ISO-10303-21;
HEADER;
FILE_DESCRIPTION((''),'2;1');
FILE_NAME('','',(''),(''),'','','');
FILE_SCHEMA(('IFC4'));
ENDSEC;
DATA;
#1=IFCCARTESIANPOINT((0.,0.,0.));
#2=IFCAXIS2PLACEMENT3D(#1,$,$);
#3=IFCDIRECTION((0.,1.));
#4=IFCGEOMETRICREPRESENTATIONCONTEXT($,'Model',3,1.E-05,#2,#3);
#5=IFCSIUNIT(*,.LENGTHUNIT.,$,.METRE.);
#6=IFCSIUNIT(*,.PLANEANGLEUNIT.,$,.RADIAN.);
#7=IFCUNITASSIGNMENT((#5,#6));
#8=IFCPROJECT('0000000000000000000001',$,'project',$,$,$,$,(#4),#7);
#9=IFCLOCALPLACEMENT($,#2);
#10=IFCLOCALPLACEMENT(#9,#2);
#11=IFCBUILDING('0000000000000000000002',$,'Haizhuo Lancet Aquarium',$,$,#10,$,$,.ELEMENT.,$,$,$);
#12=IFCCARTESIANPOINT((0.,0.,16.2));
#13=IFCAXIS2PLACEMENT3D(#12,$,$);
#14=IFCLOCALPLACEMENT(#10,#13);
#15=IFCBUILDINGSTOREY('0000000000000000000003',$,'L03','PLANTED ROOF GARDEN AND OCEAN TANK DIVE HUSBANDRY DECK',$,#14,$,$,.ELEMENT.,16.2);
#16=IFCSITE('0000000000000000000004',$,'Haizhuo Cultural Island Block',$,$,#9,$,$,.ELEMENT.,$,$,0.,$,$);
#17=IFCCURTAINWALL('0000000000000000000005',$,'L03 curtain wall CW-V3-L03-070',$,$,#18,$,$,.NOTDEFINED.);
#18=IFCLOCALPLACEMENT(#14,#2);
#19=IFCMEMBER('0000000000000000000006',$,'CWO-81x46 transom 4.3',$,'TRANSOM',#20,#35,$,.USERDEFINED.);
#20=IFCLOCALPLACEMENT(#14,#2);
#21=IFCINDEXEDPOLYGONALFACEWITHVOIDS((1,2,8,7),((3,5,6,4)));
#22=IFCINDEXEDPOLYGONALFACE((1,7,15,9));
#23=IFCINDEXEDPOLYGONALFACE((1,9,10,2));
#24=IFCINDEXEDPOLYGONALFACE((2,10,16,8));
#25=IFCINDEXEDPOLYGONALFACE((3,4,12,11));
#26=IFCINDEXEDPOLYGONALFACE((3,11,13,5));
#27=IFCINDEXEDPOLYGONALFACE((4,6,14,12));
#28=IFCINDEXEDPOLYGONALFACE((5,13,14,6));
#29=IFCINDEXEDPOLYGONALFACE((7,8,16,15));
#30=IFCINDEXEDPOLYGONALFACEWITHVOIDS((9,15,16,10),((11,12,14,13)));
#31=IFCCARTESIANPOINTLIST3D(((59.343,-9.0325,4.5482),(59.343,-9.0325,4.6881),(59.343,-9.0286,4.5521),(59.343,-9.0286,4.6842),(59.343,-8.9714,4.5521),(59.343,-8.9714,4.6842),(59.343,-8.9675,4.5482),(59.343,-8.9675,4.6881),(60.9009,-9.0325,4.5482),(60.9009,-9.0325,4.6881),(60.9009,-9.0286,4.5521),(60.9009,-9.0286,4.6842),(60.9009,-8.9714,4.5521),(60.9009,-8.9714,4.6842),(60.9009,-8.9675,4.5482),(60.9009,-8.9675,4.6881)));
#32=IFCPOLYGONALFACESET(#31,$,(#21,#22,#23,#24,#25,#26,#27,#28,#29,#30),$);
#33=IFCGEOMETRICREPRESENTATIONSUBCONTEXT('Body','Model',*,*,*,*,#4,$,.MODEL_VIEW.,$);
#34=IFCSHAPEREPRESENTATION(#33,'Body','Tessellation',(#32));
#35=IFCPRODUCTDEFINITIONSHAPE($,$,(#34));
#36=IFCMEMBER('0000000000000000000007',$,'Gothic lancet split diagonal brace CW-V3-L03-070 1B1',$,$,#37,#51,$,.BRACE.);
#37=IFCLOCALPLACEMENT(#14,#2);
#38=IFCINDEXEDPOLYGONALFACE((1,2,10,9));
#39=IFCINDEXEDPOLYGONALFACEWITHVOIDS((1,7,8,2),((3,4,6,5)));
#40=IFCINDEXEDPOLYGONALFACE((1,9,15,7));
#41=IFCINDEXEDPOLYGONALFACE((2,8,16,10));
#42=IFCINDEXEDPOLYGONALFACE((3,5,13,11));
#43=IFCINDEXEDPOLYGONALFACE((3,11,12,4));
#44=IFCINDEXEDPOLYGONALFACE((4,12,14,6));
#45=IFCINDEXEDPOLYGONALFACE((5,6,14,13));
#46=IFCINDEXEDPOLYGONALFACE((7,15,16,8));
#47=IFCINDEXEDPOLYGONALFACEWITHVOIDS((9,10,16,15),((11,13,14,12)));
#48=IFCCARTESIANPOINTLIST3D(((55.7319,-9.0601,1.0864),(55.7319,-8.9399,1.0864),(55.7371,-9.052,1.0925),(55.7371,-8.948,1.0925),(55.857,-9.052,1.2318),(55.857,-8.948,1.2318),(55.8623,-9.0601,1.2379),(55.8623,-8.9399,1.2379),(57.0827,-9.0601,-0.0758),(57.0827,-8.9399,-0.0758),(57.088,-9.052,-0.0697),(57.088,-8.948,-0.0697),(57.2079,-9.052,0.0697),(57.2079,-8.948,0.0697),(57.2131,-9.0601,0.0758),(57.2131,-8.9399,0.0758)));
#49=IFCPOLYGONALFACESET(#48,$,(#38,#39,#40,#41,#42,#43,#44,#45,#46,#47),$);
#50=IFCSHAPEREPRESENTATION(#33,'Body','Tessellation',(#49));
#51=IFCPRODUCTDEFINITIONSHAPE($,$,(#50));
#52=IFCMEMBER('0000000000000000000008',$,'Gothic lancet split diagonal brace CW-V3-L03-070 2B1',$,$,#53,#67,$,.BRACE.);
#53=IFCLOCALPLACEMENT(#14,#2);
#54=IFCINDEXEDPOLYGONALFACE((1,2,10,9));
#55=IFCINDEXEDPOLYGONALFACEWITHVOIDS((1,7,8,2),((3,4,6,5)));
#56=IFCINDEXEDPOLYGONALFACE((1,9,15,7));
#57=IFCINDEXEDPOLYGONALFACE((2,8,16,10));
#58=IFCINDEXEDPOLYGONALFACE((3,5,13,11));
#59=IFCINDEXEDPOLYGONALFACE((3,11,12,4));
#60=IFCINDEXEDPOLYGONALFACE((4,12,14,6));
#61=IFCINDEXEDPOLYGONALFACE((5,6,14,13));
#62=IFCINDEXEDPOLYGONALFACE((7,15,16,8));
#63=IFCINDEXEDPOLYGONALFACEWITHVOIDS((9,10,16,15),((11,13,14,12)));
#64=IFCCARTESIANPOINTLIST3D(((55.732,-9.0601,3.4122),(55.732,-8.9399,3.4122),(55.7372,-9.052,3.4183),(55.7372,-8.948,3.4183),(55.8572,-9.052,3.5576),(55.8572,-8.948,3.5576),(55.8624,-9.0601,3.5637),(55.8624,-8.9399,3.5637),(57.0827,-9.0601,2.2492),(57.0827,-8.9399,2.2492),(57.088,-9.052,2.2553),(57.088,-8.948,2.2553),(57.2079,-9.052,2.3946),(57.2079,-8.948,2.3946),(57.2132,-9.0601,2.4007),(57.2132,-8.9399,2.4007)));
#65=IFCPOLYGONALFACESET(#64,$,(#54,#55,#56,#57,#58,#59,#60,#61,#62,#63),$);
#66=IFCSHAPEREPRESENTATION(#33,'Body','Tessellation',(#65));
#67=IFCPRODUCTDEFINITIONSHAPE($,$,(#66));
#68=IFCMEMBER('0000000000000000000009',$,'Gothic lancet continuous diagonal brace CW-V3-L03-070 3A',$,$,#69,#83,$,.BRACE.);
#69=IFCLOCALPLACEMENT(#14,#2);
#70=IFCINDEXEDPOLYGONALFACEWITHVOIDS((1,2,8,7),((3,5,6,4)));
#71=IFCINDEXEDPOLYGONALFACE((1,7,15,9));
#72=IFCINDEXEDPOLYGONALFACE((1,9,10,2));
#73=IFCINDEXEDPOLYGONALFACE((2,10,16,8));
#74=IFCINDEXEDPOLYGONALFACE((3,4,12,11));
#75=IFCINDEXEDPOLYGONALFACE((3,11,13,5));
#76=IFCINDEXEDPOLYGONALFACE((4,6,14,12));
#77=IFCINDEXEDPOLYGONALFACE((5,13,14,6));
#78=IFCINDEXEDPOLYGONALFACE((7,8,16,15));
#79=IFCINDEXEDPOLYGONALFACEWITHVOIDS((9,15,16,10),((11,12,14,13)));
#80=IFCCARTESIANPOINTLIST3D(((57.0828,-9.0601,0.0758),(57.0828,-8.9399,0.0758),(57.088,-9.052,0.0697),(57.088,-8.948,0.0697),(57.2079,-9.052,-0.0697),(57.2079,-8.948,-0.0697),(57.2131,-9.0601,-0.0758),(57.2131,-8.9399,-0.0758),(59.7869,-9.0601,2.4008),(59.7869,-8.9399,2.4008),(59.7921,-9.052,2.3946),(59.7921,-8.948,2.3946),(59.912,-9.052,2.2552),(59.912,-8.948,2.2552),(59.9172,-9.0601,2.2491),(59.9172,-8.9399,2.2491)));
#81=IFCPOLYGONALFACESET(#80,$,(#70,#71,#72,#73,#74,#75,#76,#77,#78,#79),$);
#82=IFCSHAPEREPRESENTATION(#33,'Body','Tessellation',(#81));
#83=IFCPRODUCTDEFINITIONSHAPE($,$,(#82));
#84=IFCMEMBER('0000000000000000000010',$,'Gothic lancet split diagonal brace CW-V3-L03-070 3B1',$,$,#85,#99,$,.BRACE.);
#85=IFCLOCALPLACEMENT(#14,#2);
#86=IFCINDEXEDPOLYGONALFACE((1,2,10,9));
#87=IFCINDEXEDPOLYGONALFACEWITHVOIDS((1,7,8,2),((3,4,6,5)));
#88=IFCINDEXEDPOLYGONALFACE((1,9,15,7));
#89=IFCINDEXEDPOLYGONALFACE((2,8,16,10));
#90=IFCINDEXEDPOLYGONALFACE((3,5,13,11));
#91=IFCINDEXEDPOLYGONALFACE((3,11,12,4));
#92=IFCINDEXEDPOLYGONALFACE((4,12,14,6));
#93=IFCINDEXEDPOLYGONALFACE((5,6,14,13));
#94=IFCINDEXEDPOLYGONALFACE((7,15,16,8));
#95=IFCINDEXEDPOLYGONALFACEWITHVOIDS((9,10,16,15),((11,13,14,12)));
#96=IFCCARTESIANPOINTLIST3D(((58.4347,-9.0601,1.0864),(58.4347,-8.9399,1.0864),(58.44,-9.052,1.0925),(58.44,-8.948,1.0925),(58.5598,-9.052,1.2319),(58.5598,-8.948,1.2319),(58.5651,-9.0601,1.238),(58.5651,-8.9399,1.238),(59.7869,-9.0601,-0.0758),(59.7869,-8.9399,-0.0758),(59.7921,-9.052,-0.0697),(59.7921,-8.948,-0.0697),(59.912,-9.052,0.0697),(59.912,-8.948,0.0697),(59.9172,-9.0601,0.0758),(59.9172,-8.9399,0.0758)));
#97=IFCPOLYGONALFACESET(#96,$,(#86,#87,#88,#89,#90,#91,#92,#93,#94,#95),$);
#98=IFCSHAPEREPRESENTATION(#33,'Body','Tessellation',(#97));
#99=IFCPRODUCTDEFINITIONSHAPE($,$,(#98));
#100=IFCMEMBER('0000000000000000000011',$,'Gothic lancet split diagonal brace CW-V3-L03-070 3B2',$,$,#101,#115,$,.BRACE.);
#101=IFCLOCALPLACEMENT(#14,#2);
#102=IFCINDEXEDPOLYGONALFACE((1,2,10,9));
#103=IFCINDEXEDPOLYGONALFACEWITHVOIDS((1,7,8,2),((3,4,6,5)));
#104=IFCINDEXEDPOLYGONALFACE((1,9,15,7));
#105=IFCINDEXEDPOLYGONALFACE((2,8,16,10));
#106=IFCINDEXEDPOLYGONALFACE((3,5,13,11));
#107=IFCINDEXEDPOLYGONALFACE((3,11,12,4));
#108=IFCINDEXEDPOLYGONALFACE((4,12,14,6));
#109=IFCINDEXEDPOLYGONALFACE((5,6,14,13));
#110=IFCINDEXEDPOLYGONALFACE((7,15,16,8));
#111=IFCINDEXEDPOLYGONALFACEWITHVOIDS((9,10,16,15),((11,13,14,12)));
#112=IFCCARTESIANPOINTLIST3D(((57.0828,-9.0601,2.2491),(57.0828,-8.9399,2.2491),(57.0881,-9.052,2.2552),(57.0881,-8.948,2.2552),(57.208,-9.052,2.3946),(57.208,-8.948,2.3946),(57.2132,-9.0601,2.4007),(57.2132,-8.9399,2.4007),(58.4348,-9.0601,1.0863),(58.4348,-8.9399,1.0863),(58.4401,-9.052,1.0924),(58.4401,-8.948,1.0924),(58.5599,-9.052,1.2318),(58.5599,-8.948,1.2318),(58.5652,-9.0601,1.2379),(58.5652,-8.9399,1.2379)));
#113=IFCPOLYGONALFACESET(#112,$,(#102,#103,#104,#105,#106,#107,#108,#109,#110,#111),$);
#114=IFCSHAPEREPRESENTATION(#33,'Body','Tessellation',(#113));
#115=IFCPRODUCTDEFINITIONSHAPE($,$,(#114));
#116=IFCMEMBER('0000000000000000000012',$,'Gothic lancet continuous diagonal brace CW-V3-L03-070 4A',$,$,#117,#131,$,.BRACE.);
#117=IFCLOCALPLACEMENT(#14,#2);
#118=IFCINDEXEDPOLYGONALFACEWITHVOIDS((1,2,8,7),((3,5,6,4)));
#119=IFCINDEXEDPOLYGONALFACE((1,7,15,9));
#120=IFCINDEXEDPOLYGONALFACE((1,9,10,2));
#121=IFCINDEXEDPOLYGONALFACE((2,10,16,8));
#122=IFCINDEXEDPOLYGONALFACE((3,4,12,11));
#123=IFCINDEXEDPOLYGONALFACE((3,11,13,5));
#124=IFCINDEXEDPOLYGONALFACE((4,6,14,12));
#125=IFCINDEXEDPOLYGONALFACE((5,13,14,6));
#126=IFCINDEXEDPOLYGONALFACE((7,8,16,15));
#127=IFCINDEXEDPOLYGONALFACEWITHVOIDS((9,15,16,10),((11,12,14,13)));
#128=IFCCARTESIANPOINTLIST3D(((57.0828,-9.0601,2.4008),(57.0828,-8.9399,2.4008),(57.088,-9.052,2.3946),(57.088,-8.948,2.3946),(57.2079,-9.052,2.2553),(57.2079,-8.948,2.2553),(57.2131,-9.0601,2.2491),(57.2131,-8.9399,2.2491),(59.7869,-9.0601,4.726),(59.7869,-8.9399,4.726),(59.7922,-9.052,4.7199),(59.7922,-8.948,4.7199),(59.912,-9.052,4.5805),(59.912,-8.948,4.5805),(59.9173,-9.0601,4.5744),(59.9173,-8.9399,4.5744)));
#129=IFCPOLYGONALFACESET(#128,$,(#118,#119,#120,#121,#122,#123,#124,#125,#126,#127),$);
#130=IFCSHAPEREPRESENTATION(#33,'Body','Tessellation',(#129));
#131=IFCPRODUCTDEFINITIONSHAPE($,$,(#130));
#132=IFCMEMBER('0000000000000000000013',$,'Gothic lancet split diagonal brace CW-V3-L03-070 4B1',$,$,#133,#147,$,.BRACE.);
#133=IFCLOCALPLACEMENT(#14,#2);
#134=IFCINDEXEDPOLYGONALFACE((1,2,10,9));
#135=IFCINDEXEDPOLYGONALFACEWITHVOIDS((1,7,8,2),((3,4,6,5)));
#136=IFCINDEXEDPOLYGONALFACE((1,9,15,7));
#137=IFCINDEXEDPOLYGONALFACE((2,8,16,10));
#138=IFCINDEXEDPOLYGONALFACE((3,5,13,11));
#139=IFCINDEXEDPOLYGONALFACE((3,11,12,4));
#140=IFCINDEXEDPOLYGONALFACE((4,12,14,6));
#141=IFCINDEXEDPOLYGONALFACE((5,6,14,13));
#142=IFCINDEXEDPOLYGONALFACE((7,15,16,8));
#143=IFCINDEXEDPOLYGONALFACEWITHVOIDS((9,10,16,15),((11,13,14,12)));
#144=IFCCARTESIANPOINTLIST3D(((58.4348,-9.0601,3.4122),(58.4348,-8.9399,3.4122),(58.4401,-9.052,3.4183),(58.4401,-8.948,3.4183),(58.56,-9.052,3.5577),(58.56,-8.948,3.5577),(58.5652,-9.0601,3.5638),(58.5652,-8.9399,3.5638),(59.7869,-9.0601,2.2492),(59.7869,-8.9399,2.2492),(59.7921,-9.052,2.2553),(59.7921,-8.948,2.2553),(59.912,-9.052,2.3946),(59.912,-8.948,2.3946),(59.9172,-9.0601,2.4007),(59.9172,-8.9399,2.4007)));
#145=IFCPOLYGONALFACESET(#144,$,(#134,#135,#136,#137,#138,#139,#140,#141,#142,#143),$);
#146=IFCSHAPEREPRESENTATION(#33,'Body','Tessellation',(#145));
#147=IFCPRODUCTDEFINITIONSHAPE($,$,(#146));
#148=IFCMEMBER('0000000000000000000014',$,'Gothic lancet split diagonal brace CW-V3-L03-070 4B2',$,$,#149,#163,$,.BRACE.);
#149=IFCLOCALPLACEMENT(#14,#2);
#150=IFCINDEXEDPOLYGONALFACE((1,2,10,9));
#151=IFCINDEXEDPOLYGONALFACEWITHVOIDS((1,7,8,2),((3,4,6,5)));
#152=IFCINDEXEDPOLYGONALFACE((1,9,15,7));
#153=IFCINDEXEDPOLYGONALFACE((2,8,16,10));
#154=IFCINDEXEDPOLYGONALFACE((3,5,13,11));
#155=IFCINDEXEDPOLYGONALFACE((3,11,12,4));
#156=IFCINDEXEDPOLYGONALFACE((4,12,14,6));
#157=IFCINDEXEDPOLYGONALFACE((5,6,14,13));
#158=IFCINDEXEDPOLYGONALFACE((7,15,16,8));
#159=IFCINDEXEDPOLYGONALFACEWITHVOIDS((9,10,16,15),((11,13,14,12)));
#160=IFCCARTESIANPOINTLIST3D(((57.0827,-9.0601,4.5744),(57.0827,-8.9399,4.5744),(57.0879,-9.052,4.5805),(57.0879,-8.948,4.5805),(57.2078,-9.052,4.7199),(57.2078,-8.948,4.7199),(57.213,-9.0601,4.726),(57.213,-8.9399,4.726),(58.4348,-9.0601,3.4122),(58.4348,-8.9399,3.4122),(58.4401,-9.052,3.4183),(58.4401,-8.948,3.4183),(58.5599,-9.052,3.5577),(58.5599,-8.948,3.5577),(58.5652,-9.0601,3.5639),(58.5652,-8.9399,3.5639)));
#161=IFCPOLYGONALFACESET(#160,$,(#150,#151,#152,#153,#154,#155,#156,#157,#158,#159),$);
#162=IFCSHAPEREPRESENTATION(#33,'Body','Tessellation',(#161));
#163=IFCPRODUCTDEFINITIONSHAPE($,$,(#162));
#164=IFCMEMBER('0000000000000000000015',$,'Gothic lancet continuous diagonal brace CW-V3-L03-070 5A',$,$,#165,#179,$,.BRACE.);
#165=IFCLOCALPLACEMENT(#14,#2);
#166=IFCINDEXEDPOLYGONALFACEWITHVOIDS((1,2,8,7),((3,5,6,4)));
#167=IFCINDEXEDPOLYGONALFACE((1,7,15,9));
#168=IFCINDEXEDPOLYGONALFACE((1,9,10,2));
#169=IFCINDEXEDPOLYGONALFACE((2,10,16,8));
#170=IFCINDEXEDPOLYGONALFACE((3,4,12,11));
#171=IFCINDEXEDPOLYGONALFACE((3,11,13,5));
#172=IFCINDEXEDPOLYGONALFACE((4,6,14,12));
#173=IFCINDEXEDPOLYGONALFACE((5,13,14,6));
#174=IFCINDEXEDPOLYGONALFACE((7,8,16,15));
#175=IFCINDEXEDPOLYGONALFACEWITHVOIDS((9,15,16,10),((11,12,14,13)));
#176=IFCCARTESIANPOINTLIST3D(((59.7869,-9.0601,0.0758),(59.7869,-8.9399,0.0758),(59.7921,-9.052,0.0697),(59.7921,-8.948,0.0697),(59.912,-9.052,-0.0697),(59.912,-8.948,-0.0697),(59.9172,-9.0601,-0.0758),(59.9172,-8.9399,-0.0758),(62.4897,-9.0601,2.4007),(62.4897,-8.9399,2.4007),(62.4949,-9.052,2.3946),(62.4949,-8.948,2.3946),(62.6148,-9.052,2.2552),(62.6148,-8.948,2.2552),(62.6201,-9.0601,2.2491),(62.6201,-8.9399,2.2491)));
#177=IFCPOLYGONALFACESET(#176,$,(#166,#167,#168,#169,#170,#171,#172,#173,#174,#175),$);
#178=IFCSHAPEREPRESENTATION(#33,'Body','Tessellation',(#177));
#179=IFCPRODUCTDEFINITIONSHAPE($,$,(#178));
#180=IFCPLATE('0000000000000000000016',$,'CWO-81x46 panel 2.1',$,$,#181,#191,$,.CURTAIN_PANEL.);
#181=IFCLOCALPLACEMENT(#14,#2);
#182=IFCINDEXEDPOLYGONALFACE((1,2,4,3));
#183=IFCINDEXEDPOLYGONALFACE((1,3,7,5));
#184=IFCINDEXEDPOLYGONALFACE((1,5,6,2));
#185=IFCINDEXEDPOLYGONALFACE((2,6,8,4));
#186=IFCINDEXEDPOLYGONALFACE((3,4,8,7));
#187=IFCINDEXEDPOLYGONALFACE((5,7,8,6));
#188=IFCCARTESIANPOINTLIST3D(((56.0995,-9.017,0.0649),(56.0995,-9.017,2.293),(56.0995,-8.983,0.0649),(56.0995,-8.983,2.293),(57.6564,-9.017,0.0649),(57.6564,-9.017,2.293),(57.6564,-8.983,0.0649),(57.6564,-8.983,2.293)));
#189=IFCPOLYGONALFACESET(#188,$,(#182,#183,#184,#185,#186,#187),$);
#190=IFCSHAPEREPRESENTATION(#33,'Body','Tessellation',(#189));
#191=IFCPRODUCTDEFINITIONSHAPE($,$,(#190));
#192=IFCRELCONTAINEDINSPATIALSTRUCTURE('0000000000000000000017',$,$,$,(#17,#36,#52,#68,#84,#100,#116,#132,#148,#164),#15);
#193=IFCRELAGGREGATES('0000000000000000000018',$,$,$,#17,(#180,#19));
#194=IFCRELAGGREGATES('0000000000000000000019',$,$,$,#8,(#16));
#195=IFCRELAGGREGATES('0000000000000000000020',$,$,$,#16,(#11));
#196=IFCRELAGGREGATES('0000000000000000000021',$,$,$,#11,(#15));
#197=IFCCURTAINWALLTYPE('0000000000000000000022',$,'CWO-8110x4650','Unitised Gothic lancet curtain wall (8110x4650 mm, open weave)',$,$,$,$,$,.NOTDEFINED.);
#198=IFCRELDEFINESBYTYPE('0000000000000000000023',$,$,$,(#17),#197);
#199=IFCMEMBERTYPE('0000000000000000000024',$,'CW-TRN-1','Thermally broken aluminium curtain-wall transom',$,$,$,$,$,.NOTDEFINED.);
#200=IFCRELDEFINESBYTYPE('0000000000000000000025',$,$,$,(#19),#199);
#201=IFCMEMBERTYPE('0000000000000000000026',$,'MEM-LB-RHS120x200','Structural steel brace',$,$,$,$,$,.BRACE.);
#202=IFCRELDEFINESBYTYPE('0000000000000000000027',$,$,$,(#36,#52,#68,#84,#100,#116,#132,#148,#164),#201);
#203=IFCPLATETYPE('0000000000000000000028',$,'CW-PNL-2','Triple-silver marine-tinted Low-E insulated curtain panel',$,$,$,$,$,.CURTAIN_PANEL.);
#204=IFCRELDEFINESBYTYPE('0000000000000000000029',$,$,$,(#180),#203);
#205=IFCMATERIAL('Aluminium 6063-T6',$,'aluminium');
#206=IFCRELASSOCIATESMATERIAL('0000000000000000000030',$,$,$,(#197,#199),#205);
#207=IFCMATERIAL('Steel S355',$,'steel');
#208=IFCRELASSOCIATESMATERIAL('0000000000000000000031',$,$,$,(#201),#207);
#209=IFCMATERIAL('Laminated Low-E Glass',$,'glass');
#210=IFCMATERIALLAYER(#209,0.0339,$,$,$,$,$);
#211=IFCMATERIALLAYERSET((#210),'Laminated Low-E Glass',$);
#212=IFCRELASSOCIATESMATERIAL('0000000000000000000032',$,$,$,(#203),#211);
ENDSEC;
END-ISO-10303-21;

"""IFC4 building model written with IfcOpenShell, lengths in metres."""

from ifc_helpers import new_model, si_unit, direction, frame, origin, origin_2d, place, context, subcontext, project, spatial, rectangle, hollow_rectangle, extrude, material, layer, layer_set, material_profile, profile_set, type_object, element, aggregate, save


model = new_model("IFC4")

# Units and contexts
model_context = context("Model", 3, precision=1e-05, world=origin(), true_north=direction((0.0, 1.0)))
body_context = subcontext(model_context, "Body", "Model", "MODEL_VIEW")
ifc_project = project(units=[si_unit("LENGTHUNIT", "METRE"), si_unit("PLANEANGLEUNIT", "RADIAN")], contexts=[model_context])

# Site, building, storey
site_placement = place(None, origin())
site = spatial("IfcSite", under=ifc_project, at=site_placement, Name="Haizhuo Cultural Island Block", CompositionType="ELEMENT", RefElevation=0.0)
building_placement = place(site_placement, origin())
building = spatial("IfcBuilding", under=site, at=building_placement, Name="Haizhuo Lancet Aquarium", CompositionType="ELEMENT")
storey_placement = place(building_placement, frame((0.0, 0.0, 16.2)))
storey = spatial("IfcBuildingStorey", under=building, at=storey_placement, Name="L03", Description="PLANTED ROOF GARDEN AND OCEAN TANK DIVE HUSBANDRY DECK", CompositionType="ELEMENT", Elevation=16.2)

# Curtain wall, member
ifc_material_1 = material(Name="Aluminium 6063-T6", Category="aluminium")
curtain_wall_type = type_object("IfcCurtainWallType", Name="CWO-8110x4650", Description="Unitised Gothic lancet curtain wall (8110x4650 mm, open weave)", PredefinedType="NOTDEFINED", material=ifc_material_1)
curtain_wall_placement = place(storey_placement, origin())
curtain_wall = element("IfcCurtainWall", 1, at=curtain_wall_placement, inside=storey, type_object=curtain_wall_type, Name="L03 curtain wall CW-V3-L03-070", PredefinedType="NOTDEFINED")
ifc_material_profile_1 = material_profile(ifc_material_1, hollow_rectangle(XDim=0.0649, YDim=0.1399, WallThickness=0.0039, at=origin_2d()), Name="ALU-T 65x140x4")
ifc_profile_set_1 = profile_set([ifc_material_profile_1], Name="Aluminium 6063-T6")
member_type_1 = type_object("IfcMemberType", Name="CW-TRN-1", Description="Thermally broken aluminium curtain-wall transom", PredefinedType="NOTDEFINED", material=ifc_profile_set_1)
member_1_placement = place(storey_placement, frame((59.343, -9.0, 4.6182), z_axis=(1.0, 0.0, 0.0), x_axis=(0.0, 1.0, 0.0)))
member_1 = element("IfcMember", 2, at=member_1_placement, type_object=member_type_1, Name="CWO-81x46 transom 4.3", ObjectType="TRANSOM", PredefinedType="USERDEFINED", context=body_context, shape_type="SweptSolid", body=[
    extrude(hollow_rectangle(XDim=0.0649, YDim=0.1399, WallThickness=0.0039, at=origin_2d()), origin(), (0.0, 0.0, 1.0), 1.5579),
])

# Members
ifc_material_2 = material(Name="Steel S355", Category="steel")
ifc_material_profile_2 = material_profile(ifc_material_2, hollow_rectangle(XDim=0.1201, YDim=0.2, WallThickness=0.0081, at=origin_2d()), Name="RHS 120x200x8")
ifc_profile_set_2 = profile_set([ifc_material_profile_2], Name="Steel S355")
member_type_2 = type_object("IfcMemberType", Name="MEM-LB-RHS120x200", Description="Structural steel brace", PredefinedType="BRACE", material=ifc_profile_set_2)
member_2_placement = place(storey_placement, frame((57.1479, -9.0, 0.0), z_axis=(-0.758075, 0.0, 0.652167), x_axis=(0.0, -1.0, 0.0)))
element("IfcMember", 3, at=member_2_placement, inside=storey, type_object=member_type_2, Name="Gothic lancet split diagonal brace CW-V3-L03-070 1B1", PredefinedType="BRACE", context=body_context, shape_type="SweptSolid", body=[
    extrude(hollow_rectangle(XDim=0.1201, YDim=0.2, WallThickness=0.0081, at=origin_2d()), origin(), (0.0, 0.0, 1.0), 1.782),
])
member_3_placement = place(storey_placement, frame((57.1479, -9.0, 2.325), z_axis=(-0.757805, 0.0, 0.652482), x_axis=(0.0, -1.0, 0.0)))
element("IfcMember", 4, at=member_3_placement, inside=storey, type_object=member_type_2, Name="Gothic lancet split diagonal brace CW-V3-L03-070 2B1", PredefinedType="BRACE", context=body_context, shape_type="SweptSolid", body=[
    extrude(hollow_rectangle(XDim=0.1201, YDim=0.2, WallThickness=0.0081, at=origin_2d()), origin(), (0.0, 0.0, 1.0), 1.7825),
])
member_4_placement = place(storey_placement, frame((57.1479, -9.0, 0.0), z_axis=(0.758265, 0.0, 0.651946), x_axis=(0.0, 1.0, 0.0)))
element("IfcMember", 5, at=member_4_placement, inside=storey, type_object=member_type_2, Name="Gothic lancet continuous diagonal brace CW-V3-L03-070 3A", PredefinedType="BRACE", context=body_context, shape_type="SweptSolid", body=[
    extrude(hollow_rectangle(XDim=0.1201, YDim=0.2, WallThickness=0.0081, at=origin_2d()), origin(), (0.0, 0.0, 1.0), 3.5662),
])
member_5_placement = place(storey_placement, frame((59.8521, -9.0, 0.0), z_axis=(-0.758367, 0.0, 0.651828), x_axis=(0.0, -1.0, 0.0)))
element("IfcMember", 6, at=member_5_placement, inside=storey, type_object=member_type_2, Name="Gothic lancet split diagonal brace CW-V3-L03-070 3B1", PredefinedType="BRACE", context=body_context, shape_type="SweptSolid", body=[
    extrude(hollow_rectangle(XDim=0.1201, YDim=0.2, WallThickness=0.0081, at=origin_2d()), origin(), (0.0, 0.0, 1.0), 1.783),
])
member_6_placement = place(storey_placement, frame((58.5, -9.0, 1.1621), z_axis=(-0.758164, 0.0, 0.652064), x_axis=(0.0, -1.0, 0.0)))
element("IfcMember", 7, at=member_6_placement, inside=storey, type_object=member_type_2, Name="Gothic lancet split diagonal brace CW-V3-L03-070 3B2", PredefinedType="BRACE", context=body_context, shape_type="SweptSolid", body=[
    extrude(hollow_rectangle(XDim=0.1201, YDim=0.2, WallThickness=0.0081, at=origin_2d()), origin(), (0.0, 0.0, 1.0), 1.7832),
])
member_7_placement = place(storey_placement, frame((57.1479, -9.0, 2.325), z_axis=(0.758231, 0.0, 0.651986), x_axis=(0.0, 1.0, 0.0)))
element("IfcMember", 8, at=member_7_placement, inside=storey, type_object=member_type_2, Name="Gothic lancet continuous diagonal brace CW-V3-L03-070 4A", PredefinedType="BRACE", context=body_context, shape_type="SweptSolid", body=[
    extrude(hollow_rectangle(XDim=0.1201, YDim=0.2, WallThickness=0.0081, at=origin_2d()), origin(), (0.0, 0.0, 1.0), 3.5664),
])
member_8_placement = place(storey_placement, frame((59.8521, -9.0, 2.325), z_axis=(-0.758096, 0.0, 0.652143), x_axis=(0.0, -1.0, 0.0)))
element("IfcMember", 9, at=member_8_placement, inside=storey, type_object=member_type_2, Name="Gothic lancet split diagonal brace CW-V3-L03-070 4B1", PredefinedType="BRACE", context=body_context, shape_type="SweptSolid", body=[
    extrude(hollow_rectangle(XDim=0.1201, YDim=0.2, WallThickness=0.0081, at=origin_2d()), origin(), (0.0, 0.0, 1.0), 1.7834),
])
member_9_placement = place(storey_placement, frame((58.5, -9.0, 3.488), z_axis=(-0.758367, 0.0, 0.651828), x_axis=(0.0, -1.0, 0.0)))
element("IfcMember", 10, at=member_9_placement, inside=storey, type_object=member_type_2, Name="Gothic lancet split diagonal brace CW-V3-L03-070 4B2", PredefinedType="BRACE", context=body_context, shape_type="SweptSolid", body=[
    extrude(hollow_rectangle(XDim=0.1201, YDim=0.2, WallThickness=0.0081, at=origin_2d()), origin(), (0.0, 0.0, 1.0), 1.783),
])
member_10_placement = place(storey_placement, frame((59.8521, -9.0, 0.0), z_axis=(0.75812, 0.0, 0.652116), x_axis=(0.0, 1.0, 0.0)))
element("IfcMember", 11, at=member_10_placement, inside=storey, type_object=member_type_2, Name="Gothic lancet continuous diagonal brace CW-V3-L03-070 5A", PredefinedType="BRACE", context=body_context, shape_type="SweptSolid", body=[
    extrude(hollow_rectangle(XDim=0.1201, YDim=0.2, WallThickness=0.0081, at=origin_2d()), origin(), (0.0, 0.0, 1.0), 3.5652),
])

# Plate
ifc_material_3 = material(Name="Laminated Low-E Glass", Category="glass")
ifc_layer = layer(ifc_material_3, 0.0339)
ifc_layer_set = layer_set([ifc_layer], Name="Laminated Low-E Glass")
plate_type = type_object("IfcPlateType", Name="CW-PNL-2", Description="Triple-silver marine-tinted Low-E insulated curtain panel", PredefinedType="CURTAIN_PANEL", material=ifc_layer_set)
plate_1_placement = place(storey_placement, frame((56.8779, -9.0, 0.0649), z_axis=(0.0, 0.0, 1.0), x_axis=(1.0, 0.0, 0.0)))
plate_1 = element("IfcPlate", 12, at=plate_1_placement, type_object=plate_type, Name="CWO-81x46 panel 2.1", PredefinedType="CURTAIN_PANEL", context=body_context, shape_type="SweptSolid", body=[
    extrude(rectangle(XDim=1.5569, YDim=0.0339, at=origin_2d()), origin(), (0.0, 0.0, 1.0), 2.228),
])
aggregate(curtain_wall, [plate_1, member_1])

save(model, "model.ifc")
